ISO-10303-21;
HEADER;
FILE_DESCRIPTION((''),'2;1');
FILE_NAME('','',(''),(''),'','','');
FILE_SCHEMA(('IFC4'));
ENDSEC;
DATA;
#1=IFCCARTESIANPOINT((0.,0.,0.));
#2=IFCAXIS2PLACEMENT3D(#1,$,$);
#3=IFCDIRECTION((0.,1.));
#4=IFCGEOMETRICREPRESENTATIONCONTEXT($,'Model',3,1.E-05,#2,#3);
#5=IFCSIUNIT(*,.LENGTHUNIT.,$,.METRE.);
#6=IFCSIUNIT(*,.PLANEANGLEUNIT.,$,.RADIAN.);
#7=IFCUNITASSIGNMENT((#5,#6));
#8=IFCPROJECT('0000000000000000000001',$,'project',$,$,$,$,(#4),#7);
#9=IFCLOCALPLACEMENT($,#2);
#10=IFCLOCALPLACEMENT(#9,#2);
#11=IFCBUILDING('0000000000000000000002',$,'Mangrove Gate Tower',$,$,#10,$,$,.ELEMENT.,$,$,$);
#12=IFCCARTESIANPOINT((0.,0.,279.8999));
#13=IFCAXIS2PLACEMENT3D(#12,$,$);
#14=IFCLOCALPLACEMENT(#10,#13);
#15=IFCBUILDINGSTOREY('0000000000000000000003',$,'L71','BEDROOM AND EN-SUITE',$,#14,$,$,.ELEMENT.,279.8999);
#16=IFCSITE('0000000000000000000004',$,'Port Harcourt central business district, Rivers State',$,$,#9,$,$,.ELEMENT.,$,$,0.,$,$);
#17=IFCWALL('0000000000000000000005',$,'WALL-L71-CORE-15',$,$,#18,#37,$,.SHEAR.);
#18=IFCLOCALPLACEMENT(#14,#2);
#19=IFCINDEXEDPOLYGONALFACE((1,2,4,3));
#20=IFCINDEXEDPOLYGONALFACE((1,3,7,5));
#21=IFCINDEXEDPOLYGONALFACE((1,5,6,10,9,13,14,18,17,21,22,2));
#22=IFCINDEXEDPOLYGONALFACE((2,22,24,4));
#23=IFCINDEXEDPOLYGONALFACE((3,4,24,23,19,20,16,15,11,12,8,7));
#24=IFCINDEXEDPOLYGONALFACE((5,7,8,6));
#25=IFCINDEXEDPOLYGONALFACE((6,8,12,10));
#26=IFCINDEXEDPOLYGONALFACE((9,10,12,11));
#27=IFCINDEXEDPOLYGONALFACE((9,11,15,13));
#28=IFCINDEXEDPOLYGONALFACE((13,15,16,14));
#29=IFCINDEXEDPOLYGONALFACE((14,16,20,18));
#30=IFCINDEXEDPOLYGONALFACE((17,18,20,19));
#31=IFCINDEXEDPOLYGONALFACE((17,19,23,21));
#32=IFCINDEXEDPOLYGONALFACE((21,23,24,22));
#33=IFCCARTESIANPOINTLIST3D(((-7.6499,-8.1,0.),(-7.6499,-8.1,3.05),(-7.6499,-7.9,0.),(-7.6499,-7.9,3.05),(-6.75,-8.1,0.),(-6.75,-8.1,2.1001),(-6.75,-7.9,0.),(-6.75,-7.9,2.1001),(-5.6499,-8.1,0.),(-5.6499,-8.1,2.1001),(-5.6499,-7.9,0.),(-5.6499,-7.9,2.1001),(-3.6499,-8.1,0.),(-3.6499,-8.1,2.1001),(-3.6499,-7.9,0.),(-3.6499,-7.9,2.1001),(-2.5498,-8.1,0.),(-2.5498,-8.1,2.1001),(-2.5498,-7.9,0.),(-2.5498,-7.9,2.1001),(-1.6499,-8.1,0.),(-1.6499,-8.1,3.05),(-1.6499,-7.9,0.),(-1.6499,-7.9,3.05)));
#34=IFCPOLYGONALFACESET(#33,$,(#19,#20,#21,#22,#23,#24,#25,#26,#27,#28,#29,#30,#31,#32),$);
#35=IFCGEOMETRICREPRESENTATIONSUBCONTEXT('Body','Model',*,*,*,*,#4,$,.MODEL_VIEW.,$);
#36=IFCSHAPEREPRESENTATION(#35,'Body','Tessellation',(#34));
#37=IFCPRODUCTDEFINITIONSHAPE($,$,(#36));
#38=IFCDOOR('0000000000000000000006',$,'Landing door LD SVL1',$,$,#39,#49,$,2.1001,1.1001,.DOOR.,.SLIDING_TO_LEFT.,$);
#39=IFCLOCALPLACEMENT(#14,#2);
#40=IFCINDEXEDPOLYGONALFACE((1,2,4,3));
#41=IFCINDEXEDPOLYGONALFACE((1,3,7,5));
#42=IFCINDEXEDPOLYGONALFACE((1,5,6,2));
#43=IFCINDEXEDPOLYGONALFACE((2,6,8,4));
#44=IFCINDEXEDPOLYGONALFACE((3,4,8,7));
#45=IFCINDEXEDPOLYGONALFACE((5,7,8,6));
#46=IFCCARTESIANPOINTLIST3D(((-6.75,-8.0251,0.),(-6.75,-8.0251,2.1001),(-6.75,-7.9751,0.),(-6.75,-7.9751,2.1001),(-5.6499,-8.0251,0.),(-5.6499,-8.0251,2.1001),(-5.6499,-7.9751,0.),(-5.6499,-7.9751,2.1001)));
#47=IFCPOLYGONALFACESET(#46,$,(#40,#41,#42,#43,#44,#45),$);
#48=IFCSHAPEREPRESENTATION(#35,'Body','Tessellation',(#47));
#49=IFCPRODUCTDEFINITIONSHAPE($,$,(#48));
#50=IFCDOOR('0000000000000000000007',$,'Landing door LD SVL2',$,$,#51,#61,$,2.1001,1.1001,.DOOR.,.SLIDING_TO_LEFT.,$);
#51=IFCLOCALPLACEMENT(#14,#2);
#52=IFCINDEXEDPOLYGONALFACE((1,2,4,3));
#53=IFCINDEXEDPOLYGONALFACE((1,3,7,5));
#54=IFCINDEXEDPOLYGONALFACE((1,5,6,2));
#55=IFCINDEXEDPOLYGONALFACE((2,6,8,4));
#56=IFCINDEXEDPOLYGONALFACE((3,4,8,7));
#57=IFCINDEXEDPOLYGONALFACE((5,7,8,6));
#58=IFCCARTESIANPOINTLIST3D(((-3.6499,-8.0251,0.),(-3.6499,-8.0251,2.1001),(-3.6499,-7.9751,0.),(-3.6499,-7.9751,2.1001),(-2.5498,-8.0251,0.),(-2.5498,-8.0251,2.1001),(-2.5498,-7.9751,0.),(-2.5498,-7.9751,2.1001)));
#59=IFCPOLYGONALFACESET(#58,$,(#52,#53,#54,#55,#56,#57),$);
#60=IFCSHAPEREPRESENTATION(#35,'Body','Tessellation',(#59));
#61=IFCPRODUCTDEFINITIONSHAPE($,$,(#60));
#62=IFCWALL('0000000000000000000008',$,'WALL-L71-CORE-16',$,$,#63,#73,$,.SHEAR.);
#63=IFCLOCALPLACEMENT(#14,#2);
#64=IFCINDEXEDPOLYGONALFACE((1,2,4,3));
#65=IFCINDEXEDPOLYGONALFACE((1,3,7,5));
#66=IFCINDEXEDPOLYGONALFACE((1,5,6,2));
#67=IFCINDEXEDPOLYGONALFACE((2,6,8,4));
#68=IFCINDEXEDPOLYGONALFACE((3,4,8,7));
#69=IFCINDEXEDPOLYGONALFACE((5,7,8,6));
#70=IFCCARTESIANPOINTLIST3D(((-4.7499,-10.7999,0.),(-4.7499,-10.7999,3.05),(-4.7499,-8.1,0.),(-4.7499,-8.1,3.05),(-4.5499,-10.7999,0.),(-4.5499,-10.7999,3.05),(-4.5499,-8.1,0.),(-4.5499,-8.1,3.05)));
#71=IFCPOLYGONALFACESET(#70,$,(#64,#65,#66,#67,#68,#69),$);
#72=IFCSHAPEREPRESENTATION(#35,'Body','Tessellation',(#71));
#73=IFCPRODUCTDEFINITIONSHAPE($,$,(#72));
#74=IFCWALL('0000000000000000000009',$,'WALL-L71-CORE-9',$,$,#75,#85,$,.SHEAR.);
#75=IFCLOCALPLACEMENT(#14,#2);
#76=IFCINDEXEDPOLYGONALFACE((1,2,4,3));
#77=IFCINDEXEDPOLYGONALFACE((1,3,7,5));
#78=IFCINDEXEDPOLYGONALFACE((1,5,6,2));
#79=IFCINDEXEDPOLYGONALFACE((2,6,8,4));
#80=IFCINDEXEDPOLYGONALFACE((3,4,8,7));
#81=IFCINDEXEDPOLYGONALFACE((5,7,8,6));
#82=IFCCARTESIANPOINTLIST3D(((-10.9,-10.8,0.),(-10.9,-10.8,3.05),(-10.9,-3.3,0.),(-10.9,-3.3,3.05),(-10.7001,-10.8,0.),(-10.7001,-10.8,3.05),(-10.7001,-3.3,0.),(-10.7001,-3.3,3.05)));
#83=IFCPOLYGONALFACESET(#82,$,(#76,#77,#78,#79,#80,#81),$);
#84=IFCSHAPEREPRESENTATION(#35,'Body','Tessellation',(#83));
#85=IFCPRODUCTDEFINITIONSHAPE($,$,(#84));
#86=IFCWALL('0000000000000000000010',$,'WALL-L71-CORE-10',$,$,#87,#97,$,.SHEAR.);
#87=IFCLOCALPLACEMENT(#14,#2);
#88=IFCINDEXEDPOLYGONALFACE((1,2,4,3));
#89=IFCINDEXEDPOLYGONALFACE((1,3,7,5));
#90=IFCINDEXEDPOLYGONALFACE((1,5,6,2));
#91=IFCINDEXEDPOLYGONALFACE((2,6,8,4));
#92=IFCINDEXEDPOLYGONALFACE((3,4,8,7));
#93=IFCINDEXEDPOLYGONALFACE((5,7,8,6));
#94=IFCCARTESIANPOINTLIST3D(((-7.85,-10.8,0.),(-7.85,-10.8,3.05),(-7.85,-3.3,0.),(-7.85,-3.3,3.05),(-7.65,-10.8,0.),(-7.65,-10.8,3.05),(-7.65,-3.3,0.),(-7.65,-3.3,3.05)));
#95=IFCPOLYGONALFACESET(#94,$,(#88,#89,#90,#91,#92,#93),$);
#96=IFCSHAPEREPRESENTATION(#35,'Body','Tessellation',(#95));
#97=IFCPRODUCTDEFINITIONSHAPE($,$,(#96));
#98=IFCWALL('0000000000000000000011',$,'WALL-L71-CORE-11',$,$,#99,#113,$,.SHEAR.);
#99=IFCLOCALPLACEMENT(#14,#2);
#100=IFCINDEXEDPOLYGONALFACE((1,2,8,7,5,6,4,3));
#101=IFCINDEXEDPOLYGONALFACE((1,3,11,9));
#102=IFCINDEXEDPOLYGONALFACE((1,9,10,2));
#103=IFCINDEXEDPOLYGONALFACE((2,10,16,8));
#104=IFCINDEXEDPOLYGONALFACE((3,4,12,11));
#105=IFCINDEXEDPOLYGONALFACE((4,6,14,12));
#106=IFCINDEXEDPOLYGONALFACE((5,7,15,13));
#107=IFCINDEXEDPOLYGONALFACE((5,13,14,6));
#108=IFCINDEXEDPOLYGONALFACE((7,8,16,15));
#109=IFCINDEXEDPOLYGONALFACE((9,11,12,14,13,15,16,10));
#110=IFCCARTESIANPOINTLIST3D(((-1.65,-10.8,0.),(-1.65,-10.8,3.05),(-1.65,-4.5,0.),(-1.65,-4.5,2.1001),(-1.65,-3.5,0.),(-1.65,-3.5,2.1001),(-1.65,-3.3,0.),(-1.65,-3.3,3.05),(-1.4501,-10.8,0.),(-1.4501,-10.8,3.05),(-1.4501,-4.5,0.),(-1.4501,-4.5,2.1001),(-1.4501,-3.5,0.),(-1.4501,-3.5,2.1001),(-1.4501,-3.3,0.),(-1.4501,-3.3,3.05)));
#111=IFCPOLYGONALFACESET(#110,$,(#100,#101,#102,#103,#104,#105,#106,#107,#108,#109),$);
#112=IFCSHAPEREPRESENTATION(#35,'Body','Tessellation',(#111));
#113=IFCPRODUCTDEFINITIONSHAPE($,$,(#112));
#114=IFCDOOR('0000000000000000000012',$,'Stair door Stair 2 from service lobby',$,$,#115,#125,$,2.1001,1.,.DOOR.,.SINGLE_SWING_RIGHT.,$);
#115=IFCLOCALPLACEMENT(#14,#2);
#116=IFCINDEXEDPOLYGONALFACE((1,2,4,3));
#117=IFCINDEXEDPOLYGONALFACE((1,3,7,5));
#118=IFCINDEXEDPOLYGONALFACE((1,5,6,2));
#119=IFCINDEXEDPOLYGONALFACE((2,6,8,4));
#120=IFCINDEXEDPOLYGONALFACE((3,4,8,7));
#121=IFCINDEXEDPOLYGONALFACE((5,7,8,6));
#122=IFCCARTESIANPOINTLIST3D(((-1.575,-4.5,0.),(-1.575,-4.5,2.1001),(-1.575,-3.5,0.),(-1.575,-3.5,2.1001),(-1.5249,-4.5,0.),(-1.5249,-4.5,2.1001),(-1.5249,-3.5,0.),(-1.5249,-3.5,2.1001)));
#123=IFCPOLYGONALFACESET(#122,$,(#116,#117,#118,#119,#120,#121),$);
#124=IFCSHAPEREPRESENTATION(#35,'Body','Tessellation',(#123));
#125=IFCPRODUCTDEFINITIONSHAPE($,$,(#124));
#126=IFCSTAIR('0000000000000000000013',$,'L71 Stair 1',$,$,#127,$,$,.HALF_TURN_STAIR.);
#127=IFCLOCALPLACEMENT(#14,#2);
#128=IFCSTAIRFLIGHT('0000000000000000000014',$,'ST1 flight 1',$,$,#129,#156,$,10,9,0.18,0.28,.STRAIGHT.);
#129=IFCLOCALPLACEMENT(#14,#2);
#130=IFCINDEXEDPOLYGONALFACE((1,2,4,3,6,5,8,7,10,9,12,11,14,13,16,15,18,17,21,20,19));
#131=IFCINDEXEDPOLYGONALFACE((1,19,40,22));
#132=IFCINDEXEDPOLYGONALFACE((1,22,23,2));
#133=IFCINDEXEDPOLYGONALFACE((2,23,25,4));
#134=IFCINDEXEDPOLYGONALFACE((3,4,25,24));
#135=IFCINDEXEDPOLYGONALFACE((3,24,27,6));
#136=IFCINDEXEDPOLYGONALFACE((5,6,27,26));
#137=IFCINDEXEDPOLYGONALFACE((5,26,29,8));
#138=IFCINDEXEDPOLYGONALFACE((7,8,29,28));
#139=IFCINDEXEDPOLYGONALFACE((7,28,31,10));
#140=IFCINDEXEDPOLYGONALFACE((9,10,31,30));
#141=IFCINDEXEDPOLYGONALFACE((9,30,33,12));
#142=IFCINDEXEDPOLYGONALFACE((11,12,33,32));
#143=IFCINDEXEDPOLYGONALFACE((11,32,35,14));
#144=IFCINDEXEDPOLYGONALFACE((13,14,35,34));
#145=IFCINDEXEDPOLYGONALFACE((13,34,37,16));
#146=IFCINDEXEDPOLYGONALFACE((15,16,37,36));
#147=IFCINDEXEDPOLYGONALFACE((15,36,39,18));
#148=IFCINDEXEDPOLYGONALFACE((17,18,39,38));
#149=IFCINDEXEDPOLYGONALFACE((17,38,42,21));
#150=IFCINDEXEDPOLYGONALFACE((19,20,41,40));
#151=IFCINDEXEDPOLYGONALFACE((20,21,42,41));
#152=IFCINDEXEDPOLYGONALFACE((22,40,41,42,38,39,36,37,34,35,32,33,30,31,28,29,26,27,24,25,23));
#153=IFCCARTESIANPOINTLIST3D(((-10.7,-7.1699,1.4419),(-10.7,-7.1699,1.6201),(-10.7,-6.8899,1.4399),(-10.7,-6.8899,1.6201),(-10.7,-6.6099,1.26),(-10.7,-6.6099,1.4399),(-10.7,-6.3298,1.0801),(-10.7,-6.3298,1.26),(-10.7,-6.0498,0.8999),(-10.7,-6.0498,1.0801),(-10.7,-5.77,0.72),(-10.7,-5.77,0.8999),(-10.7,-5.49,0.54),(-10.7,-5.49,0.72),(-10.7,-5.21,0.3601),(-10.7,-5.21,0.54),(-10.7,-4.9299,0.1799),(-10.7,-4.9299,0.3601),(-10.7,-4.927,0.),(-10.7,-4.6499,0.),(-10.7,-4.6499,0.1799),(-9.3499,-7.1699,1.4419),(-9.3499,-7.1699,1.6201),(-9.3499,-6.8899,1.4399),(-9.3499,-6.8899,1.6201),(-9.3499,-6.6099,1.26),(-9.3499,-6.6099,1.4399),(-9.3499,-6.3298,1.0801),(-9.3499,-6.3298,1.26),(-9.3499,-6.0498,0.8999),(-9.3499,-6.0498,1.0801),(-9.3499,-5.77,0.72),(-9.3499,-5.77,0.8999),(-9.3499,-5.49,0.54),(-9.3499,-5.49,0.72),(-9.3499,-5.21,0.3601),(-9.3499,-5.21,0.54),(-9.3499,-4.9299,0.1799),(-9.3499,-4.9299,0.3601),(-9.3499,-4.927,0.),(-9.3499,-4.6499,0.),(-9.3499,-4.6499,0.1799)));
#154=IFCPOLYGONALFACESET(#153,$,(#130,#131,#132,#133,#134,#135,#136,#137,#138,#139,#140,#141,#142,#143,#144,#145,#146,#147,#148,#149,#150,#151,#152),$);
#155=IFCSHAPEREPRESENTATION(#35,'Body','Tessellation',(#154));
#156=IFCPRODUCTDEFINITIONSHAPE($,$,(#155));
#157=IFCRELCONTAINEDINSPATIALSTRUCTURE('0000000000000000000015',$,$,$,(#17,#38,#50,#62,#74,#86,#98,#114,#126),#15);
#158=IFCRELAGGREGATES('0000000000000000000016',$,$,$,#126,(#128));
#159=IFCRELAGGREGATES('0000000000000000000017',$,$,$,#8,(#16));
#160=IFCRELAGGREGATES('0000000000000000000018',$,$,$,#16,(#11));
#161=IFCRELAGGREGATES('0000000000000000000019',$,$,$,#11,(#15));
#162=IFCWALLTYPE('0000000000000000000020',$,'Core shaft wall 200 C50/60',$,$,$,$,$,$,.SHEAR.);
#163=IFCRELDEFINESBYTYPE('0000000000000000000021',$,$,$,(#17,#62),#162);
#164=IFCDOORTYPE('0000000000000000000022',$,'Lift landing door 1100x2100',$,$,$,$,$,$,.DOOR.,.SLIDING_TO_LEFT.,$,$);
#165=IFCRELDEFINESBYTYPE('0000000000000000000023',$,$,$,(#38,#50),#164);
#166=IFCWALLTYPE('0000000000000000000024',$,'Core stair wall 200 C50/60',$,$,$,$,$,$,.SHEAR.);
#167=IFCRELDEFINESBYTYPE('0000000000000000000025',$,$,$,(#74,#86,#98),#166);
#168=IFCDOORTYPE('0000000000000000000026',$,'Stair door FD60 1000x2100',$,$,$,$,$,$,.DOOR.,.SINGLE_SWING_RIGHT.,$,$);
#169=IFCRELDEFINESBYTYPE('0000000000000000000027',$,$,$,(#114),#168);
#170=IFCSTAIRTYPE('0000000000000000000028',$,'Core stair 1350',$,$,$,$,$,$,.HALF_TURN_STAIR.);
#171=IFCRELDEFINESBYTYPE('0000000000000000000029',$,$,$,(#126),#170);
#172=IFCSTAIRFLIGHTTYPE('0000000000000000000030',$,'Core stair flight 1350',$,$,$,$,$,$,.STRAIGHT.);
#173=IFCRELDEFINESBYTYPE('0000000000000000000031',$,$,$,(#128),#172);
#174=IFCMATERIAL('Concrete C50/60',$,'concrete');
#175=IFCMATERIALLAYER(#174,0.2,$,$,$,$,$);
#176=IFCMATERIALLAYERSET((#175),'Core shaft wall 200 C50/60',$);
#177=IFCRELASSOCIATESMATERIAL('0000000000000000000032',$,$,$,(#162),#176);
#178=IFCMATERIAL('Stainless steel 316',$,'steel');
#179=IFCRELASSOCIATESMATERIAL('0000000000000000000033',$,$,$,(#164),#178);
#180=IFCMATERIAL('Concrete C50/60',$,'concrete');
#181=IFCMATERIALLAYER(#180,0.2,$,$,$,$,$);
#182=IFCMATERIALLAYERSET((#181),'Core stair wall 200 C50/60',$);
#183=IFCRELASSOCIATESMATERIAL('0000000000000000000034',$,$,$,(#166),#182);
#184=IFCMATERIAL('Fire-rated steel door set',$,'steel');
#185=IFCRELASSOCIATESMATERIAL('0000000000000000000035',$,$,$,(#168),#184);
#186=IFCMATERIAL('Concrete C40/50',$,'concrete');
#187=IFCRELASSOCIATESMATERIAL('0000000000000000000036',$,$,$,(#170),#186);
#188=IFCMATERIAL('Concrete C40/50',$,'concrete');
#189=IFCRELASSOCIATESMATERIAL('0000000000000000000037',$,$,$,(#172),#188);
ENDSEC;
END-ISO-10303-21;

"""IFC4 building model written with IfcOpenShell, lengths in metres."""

from ifc_helpers import new_model, si_unit, direction, frame, frame_2d, origin, place, context, subcontext, project, spatial, polyline, rectangle, outline, extrude, material, layer, layer_set, type_object, element, fill, aggregate, save


model = new_model("IFC4")

# Units and contexts
model_context = context("Model", 3, precision=1e-05, world=origin(), true_north=direction((0.0, 1.0)))
body_context = subcontext(model_context, "Body", "Model", "MODEL_VIEW")
ifc_project = project(units=[si_unit("LENGTHUNIT", "METRE"), si_unit("PLANEANGLEUNIT", "RADIAN")], contexts=[model_context])

# Site, building, storey
site_placement = place(None, origin())
site = spatial("IfcSite", under=ifc_project, at=site_placement, Name="Port Harcourt central business district, Rivers State", CompositionType="ELEMENT", RefElevation=0.0)
building_placement = place(site_placement, origin())
building = spatial("IfcBuilding", under=site, at=building_placement, Name="Mangrove Gate Tower", CompositionType="ELEMENT")
storey_placement = place(building_placement, frame((0.0, 0.0, 279.8999)))
storey = spatial("IfcBuildingStorey", under=building, at=storey_placement, Name="L71", Description="BEDROOM AND EN-SUITE", CompositionType="ELEMENT", Elevation=279.8999)

# Wall, openings, doors
ifc_material_1 = material(Name="Concrete C50/60", Category="concrete")
ifc_layer_1 = layer(ifc_material_1, 0.2)
ifc_layer_set_1 = layer_set([ifc_layer_1], Name="Core shaft wall 200 C50/60")
wall_type_1 = type_object("IfcWallType", Name="Core shaft wall 200 C50/60", PredefinedType="SHEAR", material=ifc_layer_set_1)
wall_1_placement = place(storey_placement, frame((-7.6499, -8.0, 0.0), z_axis=(0.0, 0.0, 1.0), x_axis=(1.0, 0.0, 0.0)))
wall_1 = element("IfcWall", 1, at=wall_1_placement, inside=storey, type_object=wall_type_1, Name="WALL-L71-CORE-15", PredefinedType="SHEAR", context=body_context, shape_type="SweptSolid", body=[
    extrude(rectangle(XDim=6.0, YDim=0.2, at=frame_2d((3.0, 0.0))), origin(), (0.0, 0.0, 1.0), 3.05),
])
opening_1_placement = place(wall_1_placement, frame((0.8999, 0.0, 0.0)))
opening_1 = element("IfcOpeningElement", 2, at=opening_1_placement, cuts=wall_1, PredefinedType="OPENING", context=body_context, shape_type="SweptSolid", body=[
    extrude(rectangle(XDim=1.1001, YDim=2.1001, at=frame_2d((0.55, 1.05))), frame((0.0, 0.1099, 0.0), z_axis=(0.0, -1.0, 0.0), x_axis=(1.0, 0.0, 0.0)), (0.0, 0.0, 1.0), 0.22),
])
opening_2_placement = place(wall_1_placement, frame((4.0, 0.0, 0.0)))
opening_2 = element("IfcOpeningElement", 3, at=opening_2_placement, cuts=wall_1, PredefinedType="OPENING", context=body_context, shape_type="SweptSolid", body=[
    extrude(rectangle(XDim=1.1001, YDim=2.1001, at=frame_2d((0.55, 1.05))), frame((0.0, 0.1099, 0.0), z_axis=(0.0, -1.0, 0.0), x_axis=(1.0, 0.0, 0.0)), (0.0, 0.0, 1.0), 0.22),
])
ifc_material_2 = material(Name="Stainless steel 316", Category="steel")
door_type_1 = type_object("IfcDoorType", Name="Lift landing door 1100x2100", OperationType="SLIDING_TO_LEFT", PredefinedType="DOOR", material=ifc_material_2)
door_1_placement = place(opening_1_placement, origin())
door_1 = element("IfcDoor", 4, at=door_1_placement, inside=storey, type_object=door_type_1, Name="Landing door LD SVL1", OperationType="SLIDING_TO_LEFT", OverallHeight=2.1001, OverallWidth=1.1001, PredefinedType="DOOR", context=body_context, shape_type="SweptSolid", body=[
    extrude(rectangle(XDim=1.1001, YDim=2.1001, at=frame_2d((0.55, 1.05))), frame((0.0, 0.0249, 0.0), z_axis=(0.0, -1.0, 0.0), x_axis=(1.0, 0.0, 0.0)), (0.0, 0.0, 1.0), 0.05),
])
fill(opening_1, door_1)
door_2_placement = place(opening_2_placement, origin())
door_2 = element("IfcDoor", 5, at=door_2_placement, inside=storey, type_object=door_type_1, Name="Landing door LD SVL2", OperationType="SLIDING_TO_LEFT", OverallHeight=2.1001, OverallWidth=1.1001, PredefinedType="DOOR", context=body_context, shape_type="SweptSolid", body=[
    extrude(rectangle(XDim=1.1001, YDim=2.1001, at=frame_2d((0.55, 1.05))), frame((0.0, 0.0249, 0.0), z_axis=(0.0, -1.0, 0.0), x_axis=(1.0, 0.0, 0.0)), (0.0, 0.0, 1.0), 0.05),
])
fill(opening_2, door_2)

# Walls
wall_2_placement = place(storey_placement, frame((-4.6499, -10.8, 0.0), z_axis=(0.0, 0.0, 1.0), x_axis=(0.0, 1.0, 0.0)))
element("IfcWall", 6, at=wall_2_placement, inside=storey, type_object=wall_type_1, Name="WALL-L71-CORE-16", PredefinedType="SHEAR", context=body_context, shape_type="SweptSolid", body=[
    extrude(rectangle(XDim=2.7, YDim=0.2, at=frame_2d((1.3501, 0.0))), origin(), (0.0, 0.0, 1.0), 3.05),
])
ifc_material_3 = material(Name="Concrete C50/60", Category="concrete")
ifc_layer_2 = layer(ifc_material_3, 0.2)
ifc_layer_set_2 = layer_set([ifc_layer_2], Name="Core stair wall 200 C50/60")
wall_type_2 = type_object("IfcWallType", Name="Core stair wall 200 C50/60", PredefinedType="SHEAR", material=ifc_layer_set_2)
for number, where, z_axis, x_axis, name in (
    (7, (-10.8, -10.8, 0.0), (0.0, 0.0, 1.0), (0.0, 1.0, 0.0), "WALL-L71-CORE-9"),
    (8, (-7.75, -10.8, 0.0), (0.0, 0.0, 1.0), (0.0, 1.0, 0.0), "WALL-L71-CORE-10"),
):
    element("IfcWall", number, at=place(storey_placement, frame(where, z_axis=z_axis, x_axis=x_axis)), inside=storey, type_object=wall_type_2, Name=name, PredefinedType="SHEAR", context=body_context, shape_type="SweptSolid", body=[
        extrude(rectangle(XDim=7.5, YDim=0.2, at=frame_2d((3.75, 0.0))), origin(), (0.0, 0.0, 1.0), 3.05),
    ])

# Wall, opening, door
wall_3_placement = place(storey_placement, frame((-1.55, -10.8, 0.0), z_axis=(0.0, 0.0, 1.0), x_axis=(0.0, 1.0, 0.0)))
wall_3 = element("IfcWall", 9, at=wall_3_placement, inside=storey, type_object=wall_type_2, Name="WALL-L71-CORE-11", PredefinedType="SHEAR", context=body_context, shape_type="SweptSolid", body=[
    extrude(rectangle(XDim=7.5, YDim=0.2, at=frame_2d((3.75, 0.0))), origin(), (0.0, 0.0, 1.0), 3.05),
])
opening_3_placement = place(wall_3_placement, frame((6.3, 0.0, 0.0)))
opening_3 = element("IfcOpeningElement", 10, at=opening_3_placement, cuts=wall_3, PredefinedType="OPENING", context=body_context, shape_type="SweptSolid", body=[
    extrude(rectangle(XDim=1.0, YDim=2.1001, at=frame_2d((0.5, 1.05))), frame((0.0, 0.1099, 0.0), z_axis=(0.0, -1.0, 0.0), x_axis=(1.0, 0.0, 0.0)), (0.0, 0.0, 1.0), 0.22),
])
ifc_material_4 = material(Name="Fire-rated steel door set", Category="steel")
door_type_2 = type_object("IfcDoorType", Name="Stair door FD60 1000x2100", OperationType="SINGLE_SWING_RIGHT", PredefinedType="DOOR", material=ifc_material_4)
door_3_placement = place(opening_3_placement, origin())
door_3 = element("IfcDoor", 11, at=door_3_placement, inside=storey, type_object=door_type_2, Name="Stair door Stair 2 from service lobby", OperationType="SINGLE_SWING_RIGHT", OverallHeight=2.1001, OverallWidth=1.0, PredefinedType="DOOR", context=body_context, shape_type="SweptSolid", body=[
    extrude(rectangle(XDim=1.0, YDim=2.1001, at=frame_2d((0.5, 1.05))), frame((0.0, 0.0249, 0.0), z_axis=(0.0, -1.0, 0.0), x_axis=(1.0, 0.0, 0.0)), (0.0, 0.0, 1.0), 0.05),
])
fill(opening_3, door_3)

# Stair, stair flight
ifc_material_5 = material(Name="Concrete C40/50", Category="concrete")
stair_type = type_object("IfcStairType", Name="Core stair 1350", PredefinedType="HALF_TURN_STAIR", material=ifc_material_5)
stair_1_placement = place(storey_placement, origin())
stair_1 = element("IfcStair", 12, at=stair_1_placement, inside=storey, type_object=stair_type, Name="L71 Stair 1", PredefinedType="HALF_TURN_STAIR")
ifc_material_6 = material(Name="Concrete C40/50", Category="concrete")
stair_flight_type = type_object("IfcStairFlightType", Name="Core stair flight 1350", PredefinedType="STRAIGHT", material=ifc_material_6)
stair_flight_1_placement = place(storey_placement, frame((-10.0249, -4.6499, 0.0), z_axis=(0.0, 0.0, 1.0), x_axis=(0.0, -1.0, 0.0)))
stair_flight_1 = element("IfcStairFlight", 13, at=stair_flight_1_placement, type_object=stair_flight_type, Name="ST1 flight 1", NumberOfRisers=10, NumberOfTreads=9, PredefinedType="STRAIGHT", RiserHeight=0.18, TreadLength=0.28, context=body_context, shape_type="SweptSolid", body=[
    extrude(outline(polyline([(0.0, 0.0), (0.0, 0.1799), (0.28, 0.1799), (0.28, 0.3601), (0.5601, 0.3601), (0.5601, 0.54), (0.8401, 0.54), (0.8401, 0.72), (1.1201, 0.72), (1.1201, 0.8999), (1.3999, 0.8999), (1.3999, 1.0801), (1.6799, 1.0801), (1.6799, 1.26), (1.96, 1.26), (1.96, 1.4399), (2.24, 1.4399), (2.24, 1.6201), (2.52, 1.6201), (2.52, 1.8), (2.52, 1.4419), (0.2771, 0.0), (0.0, 0.0)])), frame((0.0, 0.675, 0.0), z_axis=(0.0, -1.0, 0.0), x_axis=(1.0, 0.0, 0.0)), (0.0, 0.0, 1.0), 1.3501),
])
aggregate(stair_1, [stair_flight_1])

save(model, "model.ifc")
